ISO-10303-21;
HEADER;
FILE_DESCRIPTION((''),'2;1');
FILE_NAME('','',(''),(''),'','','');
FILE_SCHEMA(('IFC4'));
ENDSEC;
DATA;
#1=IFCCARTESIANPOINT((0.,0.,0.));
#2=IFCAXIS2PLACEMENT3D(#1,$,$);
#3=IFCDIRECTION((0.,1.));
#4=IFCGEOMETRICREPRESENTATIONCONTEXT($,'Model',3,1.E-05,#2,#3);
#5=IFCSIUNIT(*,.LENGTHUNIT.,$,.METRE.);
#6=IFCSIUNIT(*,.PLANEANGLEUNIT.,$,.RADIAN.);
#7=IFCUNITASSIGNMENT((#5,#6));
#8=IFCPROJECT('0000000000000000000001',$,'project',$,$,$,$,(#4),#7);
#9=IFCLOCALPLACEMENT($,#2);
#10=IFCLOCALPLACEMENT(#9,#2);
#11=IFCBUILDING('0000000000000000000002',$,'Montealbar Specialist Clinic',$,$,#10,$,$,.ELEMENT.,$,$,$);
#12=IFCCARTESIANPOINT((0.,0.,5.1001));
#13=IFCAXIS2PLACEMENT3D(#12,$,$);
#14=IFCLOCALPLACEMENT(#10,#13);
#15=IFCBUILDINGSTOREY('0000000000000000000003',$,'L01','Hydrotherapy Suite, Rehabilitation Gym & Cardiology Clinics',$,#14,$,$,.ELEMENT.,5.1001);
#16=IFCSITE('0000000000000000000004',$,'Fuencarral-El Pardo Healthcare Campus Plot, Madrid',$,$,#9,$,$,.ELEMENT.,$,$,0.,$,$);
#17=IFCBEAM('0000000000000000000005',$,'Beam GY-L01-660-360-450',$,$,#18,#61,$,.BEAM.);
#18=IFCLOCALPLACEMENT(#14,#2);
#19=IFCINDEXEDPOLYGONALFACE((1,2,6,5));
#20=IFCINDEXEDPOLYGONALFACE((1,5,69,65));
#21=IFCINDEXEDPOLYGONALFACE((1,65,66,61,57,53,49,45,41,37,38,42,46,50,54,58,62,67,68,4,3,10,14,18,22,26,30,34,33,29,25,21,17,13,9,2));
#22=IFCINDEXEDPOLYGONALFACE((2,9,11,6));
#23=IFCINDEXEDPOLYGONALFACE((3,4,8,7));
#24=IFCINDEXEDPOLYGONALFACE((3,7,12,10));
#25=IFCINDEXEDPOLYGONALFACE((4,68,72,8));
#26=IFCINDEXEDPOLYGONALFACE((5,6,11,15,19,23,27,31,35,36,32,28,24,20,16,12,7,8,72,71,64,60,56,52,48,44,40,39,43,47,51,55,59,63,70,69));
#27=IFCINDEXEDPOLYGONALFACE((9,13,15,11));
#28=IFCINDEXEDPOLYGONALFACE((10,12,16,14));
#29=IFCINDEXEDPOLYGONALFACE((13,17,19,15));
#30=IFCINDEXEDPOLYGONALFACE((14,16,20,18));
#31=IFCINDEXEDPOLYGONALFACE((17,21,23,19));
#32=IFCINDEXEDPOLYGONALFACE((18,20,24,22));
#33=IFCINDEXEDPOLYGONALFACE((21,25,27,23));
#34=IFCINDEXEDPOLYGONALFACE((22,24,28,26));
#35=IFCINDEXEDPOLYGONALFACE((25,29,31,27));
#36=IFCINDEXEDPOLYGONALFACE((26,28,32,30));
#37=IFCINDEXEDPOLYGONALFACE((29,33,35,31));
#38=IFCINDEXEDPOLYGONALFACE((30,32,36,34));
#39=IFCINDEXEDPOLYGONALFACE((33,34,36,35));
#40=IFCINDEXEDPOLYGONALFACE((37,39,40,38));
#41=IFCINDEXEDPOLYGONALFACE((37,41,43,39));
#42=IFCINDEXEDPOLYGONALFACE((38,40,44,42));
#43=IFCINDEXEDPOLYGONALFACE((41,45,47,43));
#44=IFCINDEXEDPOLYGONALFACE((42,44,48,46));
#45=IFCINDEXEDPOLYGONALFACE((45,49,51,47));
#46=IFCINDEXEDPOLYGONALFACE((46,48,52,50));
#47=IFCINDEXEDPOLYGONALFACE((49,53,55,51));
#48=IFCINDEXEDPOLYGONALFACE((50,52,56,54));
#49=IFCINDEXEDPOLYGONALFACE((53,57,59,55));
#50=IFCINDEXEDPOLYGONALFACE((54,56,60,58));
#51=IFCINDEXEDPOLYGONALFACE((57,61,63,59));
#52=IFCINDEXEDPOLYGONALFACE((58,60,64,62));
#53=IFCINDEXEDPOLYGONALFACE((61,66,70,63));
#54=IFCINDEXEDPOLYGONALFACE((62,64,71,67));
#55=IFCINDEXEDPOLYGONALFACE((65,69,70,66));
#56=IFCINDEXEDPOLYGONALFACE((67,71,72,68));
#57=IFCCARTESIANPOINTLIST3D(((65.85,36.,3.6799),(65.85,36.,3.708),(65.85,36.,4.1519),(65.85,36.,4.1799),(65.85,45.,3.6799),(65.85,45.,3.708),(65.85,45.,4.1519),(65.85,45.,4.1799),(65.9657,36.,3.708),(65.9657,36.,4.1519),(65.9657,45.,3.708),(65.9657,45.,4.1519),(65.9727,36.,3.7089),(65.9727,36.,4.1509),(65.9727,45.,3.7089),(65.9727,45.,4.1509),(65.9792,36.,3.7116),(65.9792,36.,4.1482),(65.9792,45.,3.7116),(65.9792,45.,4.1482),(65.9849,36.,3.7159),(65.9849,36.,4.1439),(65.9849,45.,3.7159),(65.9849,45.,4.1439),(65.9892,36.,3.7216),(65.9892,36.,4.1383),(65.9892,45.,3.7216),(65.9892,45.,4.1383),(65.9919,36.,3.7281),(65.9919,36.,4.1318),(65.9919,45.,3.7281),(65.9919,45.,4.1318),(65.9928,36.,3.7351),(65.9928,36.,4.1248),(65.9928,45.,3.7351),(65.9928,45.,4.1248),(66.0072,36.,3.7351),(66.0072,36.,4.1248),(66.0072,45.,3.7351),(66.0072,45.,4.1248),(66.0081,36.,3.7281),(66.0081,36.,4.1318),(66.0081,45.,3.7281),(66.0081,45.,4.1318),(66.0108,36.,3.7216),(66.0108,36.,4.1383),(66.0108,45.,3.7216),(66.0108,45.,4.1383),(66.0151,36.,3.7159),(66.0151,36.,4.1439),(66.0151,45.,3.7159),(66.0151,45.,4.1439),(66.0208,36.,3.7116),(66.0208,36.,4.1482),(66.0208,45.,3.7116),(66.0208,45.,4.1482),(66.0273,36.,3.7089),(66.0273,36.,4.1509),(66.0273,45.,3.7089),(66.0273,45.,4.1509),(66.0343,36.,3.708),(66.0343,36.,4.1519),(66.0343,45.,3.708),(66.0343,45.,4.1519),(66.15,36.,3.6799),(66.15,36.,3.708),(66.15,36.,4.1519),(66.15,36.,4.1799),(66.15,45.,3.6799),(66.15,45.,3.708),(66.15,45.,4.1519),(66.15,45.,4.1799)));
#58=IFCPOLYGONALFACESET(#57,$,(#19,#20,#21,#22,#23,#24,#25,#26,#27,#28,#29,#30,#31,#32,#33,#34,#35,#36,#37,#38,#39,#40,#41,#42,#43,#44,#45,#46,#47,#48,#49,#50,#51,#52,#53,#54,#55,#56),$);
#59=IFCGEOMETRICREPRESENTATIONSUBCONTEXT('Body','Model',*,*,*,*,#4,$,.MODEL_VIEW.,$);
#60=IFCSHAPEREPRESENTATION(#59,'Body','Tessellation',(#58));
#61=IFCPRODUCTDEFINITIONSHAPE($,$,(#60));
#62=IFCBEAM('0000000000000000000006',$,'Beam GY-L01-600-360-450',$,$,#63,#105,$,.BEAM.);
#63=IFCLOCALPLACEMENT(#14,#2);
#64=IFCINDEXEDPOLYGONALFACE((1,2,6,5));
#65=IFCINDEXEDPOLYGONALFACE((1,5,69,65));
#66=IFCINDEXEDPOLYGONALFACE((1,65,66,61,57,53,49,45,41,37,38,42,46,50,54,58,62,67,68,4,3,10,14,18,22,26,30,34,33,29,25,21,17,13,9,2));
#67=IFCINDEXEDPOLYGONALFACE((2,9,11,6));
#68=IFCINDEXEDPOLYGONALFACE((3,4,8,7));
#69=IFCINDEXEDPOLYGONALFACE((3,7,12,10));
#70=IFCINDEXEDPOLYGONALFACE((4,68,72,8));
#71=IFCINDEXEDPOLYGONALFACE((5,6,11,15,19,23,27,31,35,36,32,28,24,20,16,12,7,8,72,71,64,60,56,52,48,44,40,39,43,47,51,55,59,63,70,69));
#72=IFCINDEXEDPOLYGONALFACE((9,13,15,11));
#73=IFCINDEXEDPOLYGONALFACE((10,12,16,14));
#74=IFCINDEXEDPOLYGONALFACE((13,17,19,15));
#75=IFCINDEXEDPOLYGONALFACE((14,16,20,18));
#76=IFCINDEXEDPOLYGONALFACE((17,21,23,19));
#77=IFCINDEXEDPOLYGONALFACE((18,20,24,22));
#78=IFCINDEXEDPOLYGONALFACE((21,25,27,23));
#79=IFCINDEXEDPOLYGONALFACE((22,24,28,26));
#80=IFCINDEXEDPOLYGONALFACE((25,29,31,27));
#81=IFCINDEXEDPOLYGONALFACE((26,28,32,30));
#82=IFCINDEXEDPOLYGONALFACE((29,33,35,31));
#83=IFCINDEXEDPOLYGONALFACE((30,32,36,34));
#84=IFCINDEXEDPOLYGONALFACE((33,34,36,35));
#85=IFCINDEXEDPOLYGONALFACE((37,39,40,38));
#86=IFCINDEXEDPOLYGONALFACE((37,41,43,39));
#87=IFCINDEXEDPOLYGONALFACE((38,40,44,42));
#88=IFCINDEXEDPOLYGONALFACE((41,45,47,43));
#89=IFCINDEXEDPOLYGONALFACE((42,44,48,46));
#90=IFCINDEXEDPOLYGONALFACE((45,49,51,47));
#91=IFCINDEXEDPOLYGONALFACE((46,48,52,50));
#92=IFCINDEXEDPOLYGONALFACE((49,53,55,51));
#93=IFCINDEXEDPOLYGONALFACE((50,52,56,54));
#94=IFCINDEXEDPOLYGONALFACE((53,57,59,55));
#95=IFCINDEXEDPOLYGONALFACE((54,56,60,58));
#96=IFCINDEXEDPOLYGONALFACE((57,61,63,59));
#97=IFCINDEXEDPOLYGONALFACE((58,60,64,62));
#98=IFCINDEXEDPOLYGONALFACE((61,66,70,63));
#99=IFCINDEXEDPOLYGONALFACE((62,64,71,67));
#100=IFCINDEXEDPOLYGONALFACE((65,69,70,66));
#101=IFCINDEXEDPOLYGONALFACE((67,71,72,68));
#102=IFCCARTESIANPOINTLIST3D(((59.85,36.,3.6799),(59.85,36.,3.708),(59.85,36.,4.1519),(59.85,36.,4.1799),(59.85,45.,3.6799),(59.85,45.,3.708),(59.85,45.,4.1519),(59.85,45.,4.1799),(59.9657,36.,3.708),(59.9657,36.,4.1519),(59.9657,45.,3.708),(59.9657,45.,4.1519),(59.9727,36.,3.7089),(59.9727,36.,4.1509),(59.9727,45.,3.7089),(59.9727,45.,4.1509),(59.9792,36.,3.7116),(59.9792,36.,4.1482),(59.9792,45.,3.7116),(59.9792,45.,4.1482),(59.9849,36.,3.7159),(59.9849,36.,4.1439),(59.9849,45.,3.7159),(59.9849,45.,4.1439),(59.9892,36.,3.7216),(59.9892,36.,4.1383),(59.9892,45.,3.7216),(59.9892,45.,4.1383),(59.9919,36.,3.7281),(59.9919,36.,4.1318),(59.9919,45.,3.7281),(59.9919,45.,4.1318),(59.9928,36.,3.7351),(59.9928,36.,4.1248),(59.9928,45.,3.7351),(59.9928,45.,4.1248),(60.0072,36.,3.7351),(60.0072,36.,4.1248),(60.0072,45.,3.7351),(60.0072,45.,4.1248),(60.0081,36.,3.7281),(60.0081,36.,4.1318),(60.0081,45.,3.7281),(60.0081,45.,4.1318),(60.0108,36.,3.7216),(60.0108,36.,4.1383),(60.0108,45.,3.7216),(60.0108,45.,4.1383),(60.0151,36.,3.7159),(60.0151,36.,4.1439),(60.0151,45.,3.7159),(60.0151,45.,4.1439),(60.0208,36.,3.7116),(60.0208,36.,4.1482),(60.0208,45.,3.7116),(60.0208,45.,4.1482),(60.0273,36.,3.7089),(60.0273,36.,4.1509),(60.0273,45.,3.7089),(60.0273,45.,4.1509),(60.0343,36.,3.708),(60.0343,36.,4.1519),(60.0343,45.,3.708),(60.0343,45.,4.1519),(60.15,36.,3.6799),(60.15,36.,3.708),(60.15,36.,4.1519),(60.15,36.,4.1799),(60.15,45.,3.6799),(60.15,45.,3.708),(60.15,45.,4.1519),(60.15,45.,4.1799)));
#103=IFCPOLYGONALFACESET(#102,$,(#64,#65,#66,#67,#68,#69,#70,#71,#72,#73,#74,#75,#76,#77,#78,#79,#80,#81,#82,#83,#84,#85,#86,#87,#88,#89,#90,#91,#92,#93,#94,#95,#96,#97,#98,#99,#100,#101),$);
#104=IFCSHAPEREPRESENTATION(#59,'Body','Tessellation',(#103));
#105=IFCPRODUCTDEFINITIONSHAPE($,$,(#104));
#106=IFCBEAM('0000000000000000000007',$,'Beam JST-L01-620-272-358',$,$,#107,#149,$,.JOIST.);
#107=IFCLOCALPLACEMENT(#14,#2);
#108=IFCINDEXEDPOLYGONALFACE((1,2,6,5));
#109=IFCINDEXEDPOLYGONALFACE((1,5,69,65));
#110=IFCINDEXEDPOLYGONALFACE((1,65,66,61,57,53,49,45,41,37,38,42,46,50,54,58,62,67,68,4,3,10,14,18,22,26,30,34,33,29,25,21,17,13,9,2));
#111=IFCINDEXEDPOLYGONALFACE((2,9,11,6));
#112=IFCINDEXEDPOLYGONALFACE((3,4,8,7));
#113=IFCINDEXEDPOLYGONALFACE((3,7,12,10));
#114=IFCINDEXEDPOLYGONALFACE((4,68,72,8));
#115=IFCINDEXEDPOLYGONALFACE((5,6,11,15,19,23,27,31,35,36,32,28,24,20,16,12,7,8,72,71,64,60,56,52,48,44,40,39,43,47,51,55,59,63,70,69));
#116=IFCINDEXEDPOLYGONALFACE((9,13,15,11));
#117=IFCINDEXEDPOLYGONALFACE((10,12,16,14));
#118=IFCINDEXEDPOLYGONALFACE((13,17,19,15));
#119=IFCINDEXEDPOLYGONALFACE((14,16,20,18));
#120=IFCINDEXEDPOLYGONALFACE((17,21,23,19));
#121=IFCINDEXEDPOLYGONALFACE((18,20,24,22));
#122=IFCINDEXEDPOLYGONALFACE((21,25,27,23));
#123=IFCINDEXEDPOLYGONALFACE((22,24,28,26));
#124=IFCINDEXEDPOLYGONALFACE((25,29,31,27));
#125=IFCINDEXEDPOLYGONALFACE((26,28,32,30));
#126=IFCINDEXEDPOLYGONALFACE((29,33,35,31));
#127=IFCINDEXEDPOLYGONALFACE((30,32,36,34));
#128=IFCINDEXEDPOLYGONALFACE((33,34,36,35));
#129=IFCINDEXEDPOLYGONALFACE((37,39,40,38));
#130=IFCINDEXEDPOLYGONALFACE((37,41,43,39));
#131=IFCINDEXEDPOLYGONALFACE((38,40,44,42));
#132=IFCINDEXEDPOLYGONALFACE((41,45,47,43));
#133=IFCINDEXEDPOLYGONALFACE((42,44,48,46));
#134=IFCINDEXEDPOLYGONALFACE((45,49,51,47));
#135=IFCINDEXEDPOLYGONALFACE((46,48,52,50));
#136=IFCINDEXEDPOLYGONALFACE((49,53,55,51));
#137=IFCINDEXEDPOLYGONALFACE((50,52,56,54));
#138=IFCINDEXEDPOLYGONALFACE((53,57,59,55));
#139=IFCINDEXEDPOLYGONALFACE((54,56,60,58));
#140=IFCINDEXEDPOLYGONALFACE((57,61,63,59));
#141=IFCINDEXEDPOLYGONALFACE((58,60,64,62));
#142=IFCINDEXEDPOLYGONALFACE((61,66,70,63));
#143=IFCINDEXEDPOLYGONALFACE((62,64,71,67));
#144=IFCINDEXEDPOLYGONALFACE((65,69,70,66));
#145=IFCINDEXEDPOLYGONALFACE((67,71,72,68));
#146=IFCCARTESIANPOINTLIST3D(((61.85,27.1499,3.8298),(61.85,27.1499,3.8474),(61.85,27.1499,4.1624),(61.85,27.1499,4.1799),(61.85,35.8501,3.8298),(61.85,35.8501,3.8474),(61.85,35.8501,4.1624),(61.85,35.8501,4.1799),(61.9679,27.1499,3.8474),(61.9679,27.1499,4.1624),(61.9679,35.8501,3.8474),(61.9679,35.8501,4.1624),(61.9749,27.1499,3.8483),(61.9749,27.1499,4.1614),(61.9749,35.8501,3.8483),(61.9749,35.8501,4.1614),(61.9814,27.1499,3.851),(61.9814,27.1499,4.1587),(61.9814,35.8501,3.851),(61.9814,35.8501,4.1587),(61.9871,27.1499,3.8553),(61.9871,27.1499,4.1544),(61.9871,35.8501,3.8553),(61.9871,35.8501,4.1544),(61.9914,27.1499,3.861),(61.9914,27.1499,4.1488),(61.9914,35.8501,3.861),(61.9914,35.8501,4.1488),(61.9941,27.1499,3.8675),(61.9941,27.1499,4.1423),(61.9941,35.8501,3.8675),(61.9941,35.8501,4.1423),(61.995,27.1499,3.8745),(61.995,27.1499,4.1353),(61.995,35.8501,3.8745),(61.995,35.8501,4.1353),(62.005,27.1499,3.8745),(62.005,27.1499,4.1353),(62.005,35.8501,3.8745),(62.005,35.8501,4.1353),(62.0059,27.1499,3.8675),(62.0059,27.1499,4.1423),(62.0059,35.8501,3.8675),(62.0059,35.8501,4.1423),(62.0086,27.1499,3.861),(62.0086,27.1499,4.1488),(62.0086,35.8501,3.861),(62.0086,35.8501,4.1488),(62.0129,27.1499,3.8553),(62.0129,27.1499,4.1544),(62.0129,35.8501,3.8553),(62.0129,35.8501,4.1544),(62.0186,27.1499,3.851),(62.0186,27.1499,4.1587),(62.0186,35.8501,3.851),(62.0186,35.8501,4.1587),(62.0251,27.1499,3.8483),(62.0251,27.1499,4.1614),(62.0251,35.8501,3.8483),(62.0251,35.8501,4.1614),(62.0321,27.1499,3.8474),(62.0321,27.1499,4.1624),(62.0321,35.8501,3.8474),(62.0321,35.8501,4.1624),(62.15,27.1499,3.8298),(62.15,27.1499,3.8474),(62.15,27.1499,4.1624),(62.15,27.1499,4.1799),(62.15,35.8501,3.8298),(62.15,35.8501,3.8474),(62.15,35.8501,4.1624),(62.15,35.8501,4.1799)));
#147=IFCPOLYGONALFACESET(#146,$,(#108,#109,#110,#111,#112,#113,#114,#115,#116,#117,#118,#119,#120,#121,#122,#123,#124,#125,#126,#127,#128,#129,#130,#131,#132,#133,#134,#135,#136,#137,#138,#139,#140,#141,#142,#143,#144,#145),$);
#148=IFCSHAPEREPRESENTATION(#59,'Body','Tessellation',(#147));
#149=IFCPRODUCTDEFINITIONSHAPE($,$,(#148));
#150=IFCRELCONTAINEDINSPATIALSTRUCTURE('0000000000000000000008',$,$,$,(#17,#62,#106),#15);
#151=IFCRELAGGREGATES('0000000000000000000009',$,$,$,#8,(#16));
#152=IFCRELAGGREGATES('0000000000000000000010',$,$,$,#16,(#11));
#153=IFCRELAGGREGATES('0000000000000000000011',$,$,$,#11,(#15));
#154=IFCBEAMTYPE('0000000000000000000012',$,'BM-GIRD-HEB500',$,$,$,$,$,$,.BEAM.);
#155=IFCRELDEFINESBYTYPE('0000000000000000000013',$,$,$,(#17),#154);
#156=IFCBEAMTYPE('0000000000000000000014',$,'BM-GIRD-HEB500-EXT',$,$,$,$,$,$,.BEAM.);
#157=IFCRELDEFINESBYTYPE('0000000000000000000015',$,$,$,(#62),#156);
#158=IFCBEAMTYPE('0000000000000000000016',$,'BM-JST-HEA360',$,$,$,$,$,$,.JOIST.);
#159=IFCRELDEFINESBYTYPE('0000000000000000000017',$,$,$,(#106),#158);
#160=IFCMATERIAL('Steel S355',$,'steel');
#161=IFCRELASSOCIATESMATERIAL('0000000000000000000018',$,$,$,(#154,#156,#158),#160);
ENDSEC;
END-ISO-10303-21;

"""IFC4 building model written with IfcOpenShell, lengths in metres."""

from ifc_helpers import new_model, si_unit, direction, frame, origin, origin_2d, place, context, subcontext, project, spatial, i_section, extrude, material, material_profile, profile_set, type_object, element, save


model = new_model("IFC4")

# Units and contexts
model_context = context("Model", 3, precision=1e-05, world=origin(), true_north=direction((0.0, 1.0)))
body_context = subcontext(model_context, "Body", "Model", "MODEL_VIEW")
ifc_project = project(units=[si_unit("LENGTHUNIT", "METRE"), si_unit("PLANEANGLEUNIT", "RADIAN")], contexts=[model_context])

# Site, building, storey
site_placement = place(None, origin())
site = spatial("IfcSite", under=ifc_project, at=site_placement, Name="Fuencarral-El Pardo Healthcare Campus Plot, Madrid", CompositionType="ELEMENT", RefElevation=0.0)
building_placement = place(site_placement, origin())
building = spatial("IfcBuilding", under=site, at=building_placement, Name="Montealbar Specialist Clinic", CompositionType="ELEMENT")
storey_placement = place(building_placement, frame((0.0, 0.0, 5.1001)))
storey = spatial("IfcBuildingStorey", under=building, at=storey_placement, Name="L01", Description="Hydrotherapy Suite, Rehabilitation Gym & Cardiology Clinics", CompositionType="ELEMENT", Elevation=5.1001)

# Shared definitions
ifc_material_1 = material(Name="Steel S355", Category="steel")

# Beams
ifc_material_profile_1 = material_profile(ifc_material_1, i_section(OverallWidth=0.3, OverallDepth=0.5, WebThickness=0.0144, FlangeThickness=0.0281, FilletRadius=0.0271, at=origin_2d()), Name="HEB 500", Category="steel")
ifc_profile_set_1 = profile_set([ifc_material_profile_1], Name="Steel S355")
beam_type_1 = type_object("IfcBeamType", Name="BM-GIRD-HEB500", PredefinedType="BEAM", material=ifc_profile_set_1)
beam_1_placement = place(storey_placement, frame((66.0, 36.0, 3.9299), z_axis=(0.0, 1.0, 0.0), x_axis=(-1.0, 0.0, 0.0)))
element("IfcBeam", 1, at=beam_1_placement, inside=storey, type_object=beam_type_1, Name="Beam GY-L01-660-360-450", PredefinedType="BEAM", context=body_context, shape_type="SweptSolid", body=[
    extrude(i_section(OverallWidth=0.3, OverallDepth=0.5, WebThickness=0.0144, FlangeThickness=0.0281, FilletRadius=0.0271, at=origin_2d()), origin(), (0.0, 0.0, 1.0), 9.0),
])
ifc_material_profile_2 = material_profile(ifc_material_1, i_section(OverallWidth=0.3, OverallDepth=0.5, WebThickness=0.0144, FlangeThickness=0.0281, FilletRadius=0.0271, at=origin_2d()), Name="HEB 500", Category="steel")
ifc_profile_set_2 = profile_set([ifc_material_profile_2], Name="Steel S355")
beam_type_2 = type_object("IfcBeamType", Name="BM-GIRD-HEB500-EXT", PredefinedType="BEAM", material=ifc_profile_set_2)
beam_2_placement = place(storey_placement, frame((60.0, 36.0, 3.9299), z_axis=(0.0, 1.0, 0.0), x_axis=(-1.0, 0.0, 0.0)))
element("IfcBeam", 2, at=beam_2_placement, inside=storey, type_object=beam_type_2, Name="Beam GY-L01-600-360-450", PredefinedType="BEAM", context=body_context, shape_type="SweptSolid", body=[
    extrude(i_section(OverallWidth=0.3, OverallDepth=0.5, WebThickness=0.0144, FlangeThickness=0.0281, FilletRadius=0.0271, at=origin_2d()), origin(), (0.0, 0.0, 1.0), 9.0),
])
ifc_material_profile_3 = material_profile(ifc_material_1, i_section(OverallWidth=0.3, OverallDepth=0.3501, WebThickness=0.01, FlangeThickness=0.0176, FilletRadius=0.0271, at=origin_2d()), Name="HEA 360", Category="steel")
ifc_profile_set_3 = profile_set([ifc_material_profile_3], Name="Steel S355")
beam_type_3 = type_object("IfcBeamType", Name="BM-JST-HEA360", PredefinedType="JOIST", material=ifc_profile_set_3)
beam_3_placement = place(storey_placement, frame((62.0, 27.1499, 4.0049), z_axis=(0.0, 1.0, 0.0), x_axis=(-1.0, 0.0, 0.0)))
element("IfcBeam", 3, at=beam_3_placement, inside=storey, type_object=beam_type_3, Name="Beam JST-L01-620-272-358", PredefinedType="JOIST", context=body_context, shape_type="SweptSolid", body=[
    extrude(i_section(OverallWidth=0.3, OverallDepth=0.3501, WebThickness=0.01, FlangeThickness=0.0176, FilletRadius=0.0271, at=origin_2d()), origin(), (0.0, 0.0, 1.0), 8.7002),
])

save(model, "model.ifc")
